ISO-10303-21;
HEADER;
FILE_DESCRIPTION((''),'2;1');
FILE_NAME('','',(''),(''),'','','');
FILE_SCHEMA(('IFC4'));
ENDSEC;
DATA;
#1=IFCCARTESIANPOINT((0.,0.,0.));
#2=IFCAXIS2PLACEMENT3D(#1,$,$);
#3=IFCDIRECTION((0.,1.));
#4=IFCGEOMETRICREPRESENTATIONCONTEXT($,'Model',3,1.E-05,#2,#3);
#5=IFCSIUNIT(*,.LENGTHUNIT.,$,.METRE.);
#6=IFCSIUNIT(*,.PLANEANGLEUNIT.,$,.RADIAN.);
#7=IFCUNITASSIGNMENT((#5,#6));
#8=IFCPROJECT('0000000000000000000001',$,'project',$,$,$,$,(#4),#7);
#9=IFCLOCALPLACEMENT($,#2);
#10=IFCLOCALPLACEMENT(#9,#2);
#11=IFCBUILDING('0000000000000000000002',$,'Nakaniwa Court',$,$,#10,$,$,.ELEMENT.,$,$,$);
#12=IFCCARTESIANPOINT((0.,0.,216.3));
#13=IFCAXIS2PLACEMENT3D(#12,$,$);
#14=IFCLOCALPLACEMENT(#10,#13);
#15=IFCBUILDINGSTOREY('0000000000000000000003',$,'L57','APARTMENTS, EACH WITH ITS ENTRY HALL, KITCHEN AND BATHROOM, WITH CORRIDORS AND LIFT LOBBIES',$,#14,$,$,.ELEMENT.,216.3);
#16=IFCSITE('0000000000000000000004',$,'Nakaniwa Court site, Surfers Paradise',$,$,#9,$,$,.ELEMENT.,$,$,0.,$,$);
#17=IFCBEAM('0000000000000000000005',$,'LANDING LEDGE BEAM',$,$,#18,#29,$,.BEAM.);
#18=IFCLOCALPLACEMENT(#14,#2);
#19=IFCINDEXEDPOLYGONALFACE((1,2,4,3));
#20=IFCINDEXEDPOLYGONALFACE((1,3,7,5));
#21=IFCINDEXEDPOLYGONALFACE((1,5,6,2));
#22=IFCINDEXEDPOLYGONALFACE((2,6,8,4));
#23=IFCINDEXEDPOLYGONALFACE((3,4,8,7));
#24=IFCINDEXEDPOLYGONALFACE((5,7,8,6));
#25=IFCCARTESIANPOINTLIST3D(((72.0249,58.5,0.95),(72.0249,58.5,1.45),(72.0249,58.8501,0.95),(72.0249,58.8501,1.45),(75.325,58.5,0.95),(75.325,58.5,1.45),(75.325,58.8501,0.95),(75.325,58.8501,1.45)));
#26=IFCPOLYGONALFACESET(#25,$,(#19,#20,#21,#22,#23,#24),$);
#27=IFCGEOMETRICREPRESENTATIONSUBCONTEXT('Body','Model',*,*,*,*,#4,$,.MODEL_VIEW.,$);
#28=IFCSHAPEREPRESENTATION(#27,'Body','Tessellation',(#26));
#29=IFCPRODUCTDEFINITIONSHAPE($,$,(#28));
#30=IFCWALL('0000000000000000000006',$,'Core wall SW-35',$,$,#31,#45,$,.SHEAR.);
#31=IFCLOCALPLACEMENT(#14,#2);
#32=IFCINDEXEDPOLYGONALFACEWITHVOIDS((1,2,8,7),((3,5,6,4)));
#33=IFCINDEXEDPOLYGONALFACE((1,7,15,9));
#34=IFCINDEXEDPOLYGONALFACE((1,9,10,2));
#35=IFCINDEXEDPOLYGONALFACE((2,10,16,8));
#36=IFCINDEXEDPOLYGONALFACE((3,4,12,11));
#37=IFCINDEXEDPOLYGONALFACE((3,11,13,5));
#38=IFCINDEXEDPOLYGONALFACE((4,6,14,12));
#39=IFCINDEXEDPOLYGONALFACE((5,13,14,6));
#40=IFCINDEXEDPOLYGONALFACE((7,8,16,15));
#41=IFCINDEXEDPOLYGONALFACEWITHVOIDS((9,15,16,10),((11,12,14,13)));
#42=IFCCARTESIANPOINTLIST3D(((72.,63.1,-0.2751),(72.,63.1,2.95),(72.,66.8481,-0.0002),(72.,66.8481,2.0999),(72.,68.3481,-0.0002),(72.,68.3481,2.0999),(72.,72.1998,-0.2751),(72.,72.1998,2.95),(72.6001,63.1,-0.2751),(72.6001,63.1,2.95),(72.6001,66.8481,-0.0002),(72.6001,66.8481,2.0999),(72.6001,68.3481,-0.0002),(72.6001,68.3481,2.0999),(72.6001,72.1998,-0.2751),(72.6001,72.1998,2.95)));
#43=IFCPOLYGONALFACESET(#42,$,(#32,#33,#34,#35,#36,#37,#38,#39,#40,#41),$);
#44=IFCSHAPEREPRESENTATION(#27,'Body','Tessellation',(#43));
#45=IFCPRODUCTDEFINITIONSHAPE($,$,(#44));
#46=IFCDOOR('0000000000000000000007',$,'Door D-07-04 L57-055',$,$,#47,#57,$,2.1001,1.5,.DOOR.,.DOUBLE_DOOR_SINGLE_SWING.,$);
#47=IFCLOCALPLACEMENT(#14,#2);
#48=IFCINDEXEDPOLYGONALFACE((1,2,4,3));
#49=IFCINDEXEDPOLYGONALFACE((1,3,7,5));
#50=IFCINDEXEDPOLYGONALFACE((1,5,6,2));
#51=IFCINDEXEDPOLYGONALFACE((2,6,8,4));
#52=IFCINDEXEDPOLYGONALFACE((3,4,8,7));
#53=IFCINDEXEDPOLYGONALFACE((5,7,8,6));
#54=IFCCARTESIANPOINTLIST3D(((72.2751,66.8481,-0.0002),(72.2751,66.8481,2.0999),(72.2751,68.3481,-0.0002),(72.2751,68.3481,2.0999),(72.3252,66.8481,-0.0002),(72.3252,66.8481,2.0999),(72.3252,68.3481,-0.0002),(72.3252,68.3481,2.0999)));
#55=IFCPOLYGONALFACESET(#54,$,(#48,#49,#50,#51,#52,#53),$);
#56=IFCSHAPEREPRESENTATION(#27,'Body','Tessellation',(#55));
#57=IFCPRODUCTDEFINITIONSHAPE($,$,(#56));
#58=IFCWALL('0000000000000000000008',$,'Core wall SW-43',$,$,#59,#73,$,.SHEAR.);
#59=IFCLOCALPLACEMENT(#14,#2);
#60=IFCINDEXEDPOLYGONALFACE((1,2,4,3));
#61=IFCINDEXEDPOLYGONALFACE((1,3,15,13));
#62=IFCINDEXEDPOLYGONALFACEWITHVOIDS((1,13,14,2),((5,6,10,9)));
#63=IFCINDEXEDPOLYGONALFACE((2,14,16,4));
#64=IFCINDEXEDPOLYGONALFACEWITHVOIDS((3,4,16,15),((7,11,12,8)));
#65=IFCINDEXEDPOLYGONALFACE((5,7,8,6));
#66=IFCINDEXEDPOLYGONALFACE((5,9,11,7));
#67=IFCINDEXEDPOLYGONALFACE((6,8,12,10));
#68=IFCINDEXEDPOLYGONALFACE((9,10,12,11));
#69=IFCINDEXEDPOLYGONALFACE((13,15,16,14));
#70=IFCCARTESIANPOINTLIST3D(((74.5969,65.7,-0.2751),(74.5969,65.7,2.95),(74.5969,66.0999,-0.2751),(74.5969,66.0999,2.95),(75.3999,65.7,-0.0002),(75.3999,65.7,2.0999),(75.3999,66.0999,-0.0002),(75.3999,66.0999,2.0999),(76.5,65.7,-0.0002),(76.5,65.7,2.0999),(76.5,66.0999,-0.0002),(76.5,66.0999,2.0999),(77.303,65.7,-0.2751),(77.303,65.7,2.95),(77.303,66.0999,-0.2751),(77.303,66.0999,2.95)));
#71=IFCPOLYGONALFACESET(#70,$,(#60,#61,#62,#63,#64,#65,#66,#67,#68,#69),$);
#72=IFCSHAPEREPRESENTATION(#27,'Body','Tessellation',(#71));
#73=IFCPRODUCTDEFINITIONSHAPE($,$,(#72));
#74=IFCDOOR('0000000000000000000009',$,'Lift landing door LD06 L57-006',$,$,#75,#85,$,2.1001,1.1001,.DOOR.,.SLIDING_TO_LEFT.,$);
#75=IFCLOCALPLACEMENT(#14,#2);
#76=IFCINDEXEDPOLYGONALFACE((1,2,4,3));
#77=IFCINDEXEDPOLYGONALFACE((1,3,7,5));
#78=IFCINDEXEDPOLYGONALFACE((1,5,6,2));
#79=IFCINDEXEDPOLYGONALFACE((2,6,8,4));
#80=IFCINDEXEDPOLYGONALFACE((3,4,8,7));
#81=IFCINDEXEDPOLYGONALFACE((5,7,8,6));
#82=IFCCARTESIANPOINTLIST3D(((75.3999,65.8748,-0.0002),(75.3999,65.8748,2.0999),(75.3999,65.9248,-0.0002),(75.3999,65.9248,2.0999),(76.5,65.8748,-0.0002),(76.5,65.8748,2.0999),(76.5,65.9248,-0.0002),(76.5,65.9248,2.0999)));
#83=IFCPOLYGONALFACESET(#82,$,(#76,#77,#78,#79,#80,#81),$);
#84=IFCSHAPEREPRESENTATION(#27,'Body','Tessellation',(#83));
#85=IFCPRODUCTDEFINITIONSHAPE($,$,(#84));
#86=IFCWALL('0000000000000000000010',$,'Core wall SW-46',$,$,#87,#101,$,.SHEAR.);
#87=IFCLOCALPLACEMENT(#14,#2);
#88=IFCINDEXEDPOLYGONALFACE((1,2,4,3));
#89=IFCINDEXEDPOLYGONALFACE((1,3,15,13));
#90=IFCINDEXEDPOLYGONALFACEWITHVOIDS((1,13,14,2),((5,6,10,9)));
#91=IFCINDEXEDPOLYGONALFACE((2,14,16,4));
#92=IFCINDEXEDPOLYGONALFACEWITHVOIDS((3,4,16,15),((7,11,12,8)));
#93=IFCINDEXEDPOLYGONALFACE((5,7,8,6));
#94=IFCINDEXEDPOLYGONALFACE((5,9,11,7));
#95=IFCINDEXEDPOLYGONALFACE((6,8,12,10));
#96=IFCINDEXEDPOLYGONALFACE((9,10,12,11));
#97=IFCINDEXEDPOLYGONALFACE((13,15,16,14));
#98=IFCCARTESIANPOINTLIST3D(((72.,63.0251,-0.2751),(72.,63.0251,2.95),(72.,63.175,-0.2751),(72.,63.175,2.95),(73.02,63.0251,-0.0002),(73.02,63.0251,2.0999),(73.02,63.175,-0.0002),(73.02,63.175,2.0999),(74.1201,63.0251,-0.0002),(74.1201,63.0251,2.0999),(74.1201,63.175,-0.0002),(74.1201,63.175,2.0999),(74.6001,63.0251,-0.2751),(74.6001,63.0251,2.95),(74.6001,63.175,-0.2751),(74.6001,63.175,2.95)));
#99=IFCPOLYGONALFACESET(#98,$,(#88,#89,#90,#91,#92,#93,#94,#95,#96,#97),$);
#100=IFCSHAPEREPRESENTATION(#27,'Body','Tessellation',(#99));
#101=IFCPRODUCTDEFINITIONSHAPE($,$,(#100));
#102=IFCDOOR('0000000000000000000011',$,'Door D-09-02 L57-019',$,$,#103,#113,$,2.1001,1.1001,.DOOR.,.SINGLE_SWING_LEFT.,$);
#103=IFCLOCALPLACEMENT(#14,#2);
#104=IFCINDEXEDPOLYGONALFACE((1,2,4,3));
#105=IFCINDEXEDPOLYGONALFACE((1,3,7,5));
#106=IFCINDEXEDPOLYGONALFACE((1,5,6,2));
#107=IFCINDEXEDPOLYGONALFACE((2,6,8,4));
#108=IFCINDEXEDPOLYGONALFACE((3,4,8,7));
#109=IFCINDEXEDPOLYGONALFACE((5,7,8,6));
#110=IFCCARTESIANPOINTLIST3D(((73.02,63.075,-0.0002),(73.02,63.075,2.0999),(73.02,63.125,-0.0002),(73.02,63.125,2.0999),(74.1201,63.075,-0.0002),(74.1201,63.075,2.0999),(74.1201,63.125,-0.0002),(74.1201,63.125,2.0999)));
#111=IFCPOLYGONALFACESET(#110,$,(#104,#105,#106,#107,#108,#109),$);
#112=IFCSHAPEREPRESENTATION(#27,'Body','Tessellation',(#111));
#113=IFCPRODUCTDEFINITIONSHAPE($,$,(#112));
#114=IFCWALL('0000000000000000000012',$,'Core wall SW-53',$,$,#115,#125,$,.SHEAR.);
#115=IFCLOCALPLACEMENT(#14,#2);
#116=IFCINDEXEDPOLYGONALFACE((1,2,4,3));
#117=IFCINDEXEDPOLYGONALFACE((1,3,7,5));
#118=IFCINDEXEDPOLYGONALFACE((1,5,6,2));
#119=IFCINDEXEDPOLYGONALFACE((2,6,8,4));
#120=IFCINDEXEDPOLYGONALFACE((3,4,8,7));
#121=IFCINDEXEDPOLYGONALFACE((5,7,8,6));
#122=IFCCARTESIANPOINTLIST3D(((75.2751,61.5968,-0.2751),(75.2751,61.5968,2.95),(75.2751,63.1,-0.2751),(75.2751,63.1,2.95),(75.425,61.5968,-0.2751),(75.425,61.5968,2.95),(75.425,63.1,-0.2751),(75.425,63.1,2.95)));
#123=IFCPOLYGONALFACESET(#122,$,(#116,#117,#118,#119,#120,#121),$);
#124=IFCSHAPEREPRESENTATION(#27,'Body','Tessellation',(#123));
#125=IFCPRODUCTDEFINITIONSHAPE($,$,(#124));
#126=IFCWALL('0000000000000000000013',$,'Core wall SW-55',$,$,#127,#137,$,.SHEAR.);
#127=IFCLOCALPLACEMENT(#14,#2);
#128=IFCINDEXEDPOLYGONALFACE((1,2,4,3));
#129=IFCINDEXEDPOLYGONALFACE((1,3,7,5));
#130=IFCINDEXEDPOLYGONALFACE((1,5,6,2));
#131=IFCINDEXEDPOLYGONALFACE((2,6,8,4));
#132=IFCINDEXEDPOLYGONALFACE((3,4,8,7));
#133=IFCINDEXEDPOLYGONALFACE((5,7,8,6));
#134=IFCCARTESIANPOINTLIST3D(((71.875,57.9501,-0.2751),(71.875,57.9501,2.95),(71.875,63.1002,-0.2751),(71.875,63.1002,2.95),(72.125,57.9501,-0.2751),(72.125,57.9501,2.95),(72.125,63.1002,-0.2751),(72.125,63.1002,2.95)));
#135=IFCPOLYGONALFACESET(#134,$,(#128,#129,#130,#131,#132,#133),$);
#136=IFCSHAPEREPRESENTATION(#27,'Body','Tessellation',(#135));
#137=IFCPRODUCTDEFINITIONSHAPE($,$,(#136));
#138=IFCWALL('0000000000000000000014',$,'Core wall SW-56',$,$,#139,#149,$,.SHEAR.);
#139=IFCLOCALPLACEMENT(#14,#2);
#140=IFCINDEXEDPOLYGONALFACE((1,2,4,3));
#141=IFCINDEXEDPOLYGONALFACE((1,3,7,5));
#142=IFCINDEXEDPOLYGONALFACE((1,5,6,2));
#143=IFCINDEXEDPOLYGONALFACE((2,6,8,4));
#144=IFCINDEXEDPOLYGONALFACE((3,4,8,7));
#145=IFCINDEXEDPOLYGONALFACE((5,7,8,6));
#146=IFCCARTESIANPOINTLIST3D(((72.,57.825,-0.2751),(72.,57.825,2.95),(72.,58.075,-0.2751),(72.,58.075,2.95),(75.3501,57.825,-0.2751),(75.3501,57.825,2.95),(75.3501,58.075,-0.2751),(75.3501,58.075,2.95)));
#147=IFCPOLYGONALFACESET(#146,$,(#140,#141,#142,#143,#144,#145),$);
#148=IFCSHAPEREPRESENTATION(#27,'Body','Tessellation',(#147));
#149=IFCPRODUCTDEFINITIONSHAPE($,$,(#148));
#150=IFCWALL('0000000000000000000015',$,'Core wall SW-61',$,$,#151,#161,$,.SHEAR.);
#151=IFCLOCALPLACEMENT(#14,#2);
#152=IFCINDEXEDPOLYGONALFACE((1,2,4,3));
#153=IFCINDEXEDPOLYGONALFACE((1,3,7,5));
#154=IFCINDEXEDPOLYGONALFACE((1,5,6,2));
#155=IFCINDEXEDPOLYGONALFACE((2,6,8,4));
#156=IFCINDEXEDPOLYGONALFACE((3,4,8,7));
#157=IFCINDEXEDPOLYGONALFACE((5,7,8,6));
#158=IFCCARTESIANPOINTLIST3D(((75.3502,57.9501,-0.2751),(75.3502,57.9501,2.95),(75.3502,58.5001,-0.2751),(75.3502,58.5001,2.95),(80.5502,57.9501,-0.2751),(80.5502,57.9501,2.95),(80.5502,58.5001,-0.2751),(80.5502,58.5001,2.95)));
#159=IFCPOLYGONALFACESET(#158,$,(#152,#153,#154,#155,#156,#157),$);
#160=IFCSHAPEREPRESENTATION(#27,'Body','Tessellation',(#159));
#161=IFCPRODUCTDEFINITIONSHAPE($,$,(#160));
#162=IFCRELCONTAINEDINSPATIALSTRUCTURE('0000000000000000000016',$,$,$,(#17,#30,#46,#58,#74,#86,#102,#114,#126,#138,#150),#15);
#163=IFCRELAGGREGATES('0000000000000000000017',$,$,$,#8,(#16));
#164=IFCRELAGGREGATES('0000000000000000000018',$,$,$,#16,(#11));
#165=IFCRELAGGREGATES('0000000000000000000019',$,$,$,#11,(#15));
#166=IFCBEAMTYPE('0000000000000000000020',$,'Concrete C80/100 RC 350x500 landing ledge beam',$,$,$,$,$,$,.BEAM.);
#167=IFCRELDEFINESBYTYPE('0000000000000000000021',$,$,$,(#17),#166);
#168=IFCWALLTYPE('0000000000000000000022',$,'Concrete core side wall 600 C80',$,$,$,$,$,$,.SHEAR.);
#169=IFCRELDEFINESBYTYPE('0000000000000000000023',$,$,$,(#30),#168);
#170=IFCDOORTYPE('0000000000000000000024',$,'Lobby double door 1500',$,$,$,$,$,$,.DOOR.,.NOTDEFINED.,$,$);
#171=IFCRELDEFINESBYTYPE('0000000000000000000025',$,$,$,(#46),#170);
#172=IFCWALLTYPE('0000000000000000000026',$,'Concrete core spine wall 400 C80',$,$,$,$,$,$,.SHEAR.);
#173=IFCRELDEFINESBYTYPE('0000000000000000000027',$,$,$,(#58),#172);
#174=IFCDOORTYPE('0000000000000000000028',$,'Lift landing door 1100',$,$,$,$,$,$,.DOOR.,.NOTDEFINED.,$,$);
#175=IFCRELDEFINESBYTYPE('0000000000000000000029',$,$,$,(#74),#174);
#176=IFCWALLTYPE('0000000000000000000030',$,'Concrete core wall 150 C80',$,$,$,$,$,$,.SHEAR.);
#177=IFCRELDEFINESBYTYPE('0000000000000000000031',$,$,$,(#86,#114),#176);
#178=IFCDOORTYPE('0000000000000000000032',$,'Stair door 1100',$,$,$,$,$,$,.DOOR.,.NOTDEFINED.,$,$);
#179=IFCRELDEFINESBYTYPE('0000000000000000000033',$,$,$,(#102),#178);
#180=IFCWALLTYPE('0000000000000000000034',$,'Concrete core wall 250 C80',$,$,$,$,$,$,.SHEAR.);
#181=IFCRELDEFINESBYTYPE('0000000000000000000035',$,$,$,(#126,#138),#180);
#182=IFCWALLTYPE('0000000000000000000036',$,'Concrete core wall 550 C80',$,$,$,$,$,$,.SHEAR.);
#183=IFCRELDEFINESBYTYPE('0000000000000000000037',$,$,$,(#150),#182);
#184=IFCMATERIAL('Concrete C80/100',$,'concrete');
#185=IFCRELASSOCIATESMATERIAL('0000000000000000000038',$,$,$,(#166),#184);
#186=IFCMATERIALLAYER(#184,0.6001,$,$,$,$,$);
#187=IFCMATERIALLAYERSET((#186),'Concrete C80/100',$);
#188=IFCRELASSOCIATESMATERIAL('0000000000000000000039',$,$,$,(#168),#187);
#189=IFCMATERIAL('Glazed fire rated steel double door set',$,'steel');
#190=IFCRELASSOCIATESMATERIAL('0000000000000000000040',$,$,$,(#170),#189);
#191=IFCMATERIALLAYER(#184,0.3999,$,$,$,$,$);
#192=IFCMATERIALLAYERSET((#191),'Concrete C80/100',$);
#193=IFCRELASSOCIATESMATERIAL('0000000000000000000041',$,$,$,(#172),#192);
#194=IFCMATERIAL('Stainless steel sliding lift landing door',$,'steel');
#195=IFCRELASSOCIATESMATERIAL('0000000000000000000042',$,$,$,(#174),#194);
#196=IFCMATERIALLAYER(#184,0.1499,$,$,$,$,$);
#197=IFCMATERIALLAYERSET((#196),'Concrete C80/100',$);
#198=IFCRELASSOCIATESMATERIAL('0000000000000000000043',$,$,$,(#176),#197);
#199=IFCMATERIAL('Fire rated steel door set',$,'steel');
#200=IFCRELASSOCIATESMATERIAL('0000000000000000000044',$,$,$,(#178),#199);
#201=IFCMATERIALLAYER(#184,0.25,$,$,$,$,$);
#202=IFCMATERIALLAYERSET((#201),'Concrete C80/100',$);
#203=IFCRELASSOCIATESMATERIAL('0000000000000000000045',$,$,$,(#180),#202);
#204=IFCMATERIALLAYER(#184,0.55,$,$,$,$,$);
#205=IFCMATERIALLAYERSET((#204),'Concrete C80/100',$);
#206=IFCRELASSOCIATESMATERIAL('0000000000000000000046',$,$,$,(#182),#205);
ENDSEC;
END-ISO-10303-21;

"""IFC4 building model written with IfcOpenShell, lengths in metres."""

from ifc_helpers import new_model, si_unit, direction, frame, frame_2d, origin, origin_2d, place, context, subcontext, project, spatial, rectangle, extrude, material, layer, layer_set, material_profile, profile_set, type_object, element, fill, save


model = new_model("IFC4")

# Units and contexts
model_context = context("Model", 3, precision=1e-05, world=origin(), true_north=direction((0.0, 1.0)))
body_context = subcontext(model_context, "Body", "Model", "MODEL_VIEW")
ifc_project = project(units=[si_unit("LENGTHUNIT", "METRE"), si_unit("PLANEANGLEUNIT", "RADIAN")], contexts=[model_context])

# Site, building, storey
site_placement = place(None, origin())
site = spatial("IfcSite", under=ifc_project, at=site_placement, Name="Nakaniwa Court site, Surfers Paradise", CompositionType="ELEMENT", RefElevation=0.0)
building_placement = place(site_placement, origin())
building = spatial("IfcBuilding", under=site, at=building_placement, Name="Nakaniwa Court", CompositionType="ELEMENT")
storey_placement = place(building_placement, frame((0.0, 0.0, 216.3)))
storey = spatial("IfcBuildingStorey", under=building, at=storey_placement, Name="L57", Description="APARTMENTS, EACH WITH ITS ENTRY HALL, KITCHEN AND BATHROOM, WITH CORRIDORS AND LIFT LOBBIES", CompositionType="ELEMENT", Elevation=216.3)

# Beam
ifc_material_1 = material(Name="Concrete C80/100", Category="concrete")
ifc_material_profile_1 = material_profile(ifc_material_1, rectangle(XDim=0.3501, YDim=0.5, at=origin_2d()), Name="Concrete C80/100 RC 350x500 landing ledge beam")
ifc_profile_set_1 = profile_set([ifc_material_profile_1], Name="Concrete C80/100")
beam_type = type_object("IfcBeamType", Name="Concrete C80/100 RC 350x500 landing ledge beam", PredefinedType="BEAM", material=ifc_profile_set_1)
beam_placement = place(storey_placement, frame((72.0249, 58.675, 1.2), z_axis=(1.0, 0.0, 0.0), x_axis=(0.0, 1.0, 0.0)))
element("IfcBeam", 1, at=beam_placement, inside=storey, type_object=beam_type, Name="LANDING LEDGE BEAM", PredefinedType="BEAM", context=body_context, shape_type="SweptSolid", body=[
    extrude(rectangle(XDim=0.3501, YDim=0.5, at=origin_2d()), origin(), (0.0, 0.0, 1.0), 3.3),
])

# Walls, openings, doors
ifc_layer_1 = layer(ifc_material_1, 0.6001)
ifc_layer_set_1 = layer_set([ifc_layer_1], Name="Concrete C80/100")
wall_type_1 = type_object("IfcWallType", Name="Concrete core side wall 600 C80", PredefinedType="SHEAR", material=ifc_layer_set_1)
wall_1_placement = place(storey_placement, frame((72.3, 63.1001, -0.2751), z_axis=(0.0, 0.0, 1.0), x_axis=(0.0, 1.0, 0.0)))
wall_1 = element("IfcWall", 2, at=wall_1_placement, inside=storey, type_object=wall_type_1, Name="Core wall SW-35", PredefinedType="SHEAR", context=body_context, shape_type="SweptSolid", body=[
    extrude(rectangle(XDim=9.0999, YDim=0.6001, at=frame_2d((4.5498, 0.0))), origin(), (0.0, 0.0, 1.0), 3.2251),
])
opening_1_placement = place(wall_1_placement, frame((3.748, 0.0, 0.2749)))
opening_1 = element("IfcOpeningElement", 3, at=opening_1_placement, cuts=wall_1, PredefinedType="OPENING", context=body_context, shape_type="SweptSolid", body=[
    extrude(rectangle(XDim=1.5, YDim=2.1001, at=frame_2d((0.75, 1.05))), frame((0.0, 0.3101, 0.0), z_axis=(0.0, -1.0, 0.0), x_axis=(1.0, 0.0, 0.0)), (0.0, 0.0, 1.0), 0.6201),
])
ifc_material_2 = material(Name="Glazed fire rated steel double door set", Category="steel")
door_type_1 = type_object("IfcDoorType", Name="Lobby double door 1500", OperationType="NOTDEFINED", PredefinedType="DOOR", material=ifc_material_2)
door_1_placement = place(opening_1_placement, origin())
door_1 = element("IfcDoor", 4, at=door_1_placement, inside=storey, type_object=door_type_1, Name="Door D-07-04 L57-055", OperationType="DOUBLE_DOOR_SINGLE_SWING", OverallHeight=2.1001, OverallWidth=1.5, PredefinedType="DOOR", context=body_context, shape_type="SweptSolid", body=[
    extrude(rectangle(XDim=1.5, YDim=2.1001, at=frame_2d((0.75, 1.05))), frame((0.0, 0.0249, 0.0), z_axis=(0.0, -1.0, 0.0), x_axis=(1.0, 0.0, 0.0)), (0.0, 0.0, 1.0), 0.05),
])
fill(opening_1, door_1)
ifc_layer_2 = layer(ifc_material_1, 0.3999)
ifc_layer_set_2 = layer_set([ifc_layer_2], Name="Concrete C80/100")
wall_type_2 = type_object("IfcWallType", Name="Concrete core spine wall 400 C80", PredefinedType="SHEAR", material=ifc_layer_set_2)
wall_2_placement = place(storey_placement, frame((74.5969, 65.8999, -0.2751), z_axis=(0.0, 0.0, 1.0), x_axis=(1.0, 0.0, 0.0)))
wall_2 = element("IfcWall", 5, at=wall_2_placement, inside=storey, type_object=wall_type_2, Name="Core wall SW-43", PredefinedType="SHEAR", context=body_context, shape_type="SweptSolid", body=[
    extrude(rectangle(XDim=2.7061, YDim=0.3999, at=frame_2d((1.353, 0.0))), origin(), (0.0, 0.0, 1.0), 3.2251),
])
opening_2_placement = place(wall_2_placement, frame((0.803, 0.0, 0.2749)))
opening_2 = element("IfcOpeningElement", 6, at=opening_2_placement, cuts=wall_2, PredefinedType="OPENING", context=body_context, shape_type="SweptSolid", body=[
    extrude(rectangle(XDim=1.1001, YDim=2.1001, at=frame_2d((0.55, 1.05))), frame((0.0, 0.21, 0.0), z_axis=(0.0, -1.0, 0.0), x_axis=(1.0, 0.0, 0.0)), (0.0, 0.0, 1.0), 0.4199),
])
ifc_material_3 = material(Name="Stainless steel sliding lift landing door", Category="steel")
door_type_2 = type_object("IfcDoorType", Name="Lift landing door 1100", OperationType="NOTDEFINED", PredefinedType="DOOR", material=ifc_material_3)
door_2_placement = place(opening_2_placement, origin())
door_2 = element("IfcDoor", 7, at=door_2_placement, inside=storey, type_object=door_type_2, Name="Lift landing door LD06 L57-006", OperationType="SLIDING_TO_LEFT", OverallHeight=2.1001, OverallWidth=1.1001, PredefinedType="DOOR", context=body_context, shape_type="SweptSolid", body=[
    extrude(rectangle(XDim=1.1001, YDim=2.1001, at=frame_2d((0.55, 1.05))), frame((0.0, 0.0249, 0.0), z_axis=(0.0, -1.0, 0.0), x_axis=(1.0, 0.0, 0.0)), (0.0, 0.0, 1.0), 0.05),
])
fill(opening_2, door_2)
ifc_layer_3 = layer(ifc_material_1, 0.1499)
ifc_layer_set_3 = layer_set([ifc_layer_3], Name="Concrete C80/100")
wall_type_3 = type_object("IfcWallType", Name="Concrete core wall 150 C80", PredefinedType="SHEAR", material=ifc_layer_set_3)
wall_3_placement = place(storey_placement, frame((72.0, 63.1001, -0.2751), z_axis=(0.0, 0.0, 1.0), x_axis=(1.0, 0.0, 0.0)))
wall_3 = element("IfcWall", 8, at=wall_3_placement, inside=storey, type_object=wall_type_3, Name="Core wall SW-46", PredefinedType="SHEAR", context=body_context, shape_type="SweptSolid", body=[
    extrude(rectangle(XDim=2.6001, YDim=0.1499, at=frame_2d((1.3, 0.0))), origin(), (0.0, 0.0, 1.0), 3.2251),
])
opening_3_placement = place(wall_3_placement, frame((1.02, 0.0, 0.2749)))
opening_3 = element("IfcOpeningElement", 9, at=opening_3_placement, cuts=wall_3, PredefinedType="OPENING", context=body_context, shape_type="SweptSolid", body=[
    extrude(rectangle(XDim=1.1001, YDim=2.1001, at=frame_2d((0.55, 1.05))), frame((0.0, 0.085, 0.0), z_axis=(0.0, -1.0, 0.0), x_axis=(1.0, 0.0, 0.0)), (0.0, 0.0, 1.0), 0.1699),
])
ifc_material_4 = material(Name="Fire rated steel door set", Category="steel")
door_type_3 = type_object("IfcDoorType", Name="Stair door 1100", OperationType="NOTDEFINED", PredefinedType="DOOR", material=ifc_material_4)
door_3_placement = place(opening_3_placement, origin())
door_3 = element("IfcDoor", 10, at=door_3_placement, inside=storey, type_object=door_type_3, Name="Door D-09-02 L57-019", OperationType="SINGLE_SWING_LEFT", OverallHeight=2.1001, OverallWidth=1.1001, PredefinedType="DOOR", context=body_context, shape_type="SweptSolid", body=[
    extrude(rectangle(XDim=1.1001, YDim=2.1001, at=frame_2d((0.55, 1.05))), frame((0.0, 0.0249, 0.0), z_axis=(0.0, -1.0, 0.0), x_axis=(1.0, 0.0, 0.0)), (0.0, 0.0, 1.0), 0.05),
])
fill(opening_3, door_3)

# Walls
wall_4_placement = place(storey_placement, frame((75.3501, 61.5969, -0.2751), z_axis=(0.0, 0.0, 1.0), x_axis=(0.0, 1.0, 0.0)))
element("IfcWall", 11, at=wall_4_placement, inside=storey, type_object=wall_type_3, Name="Core wall SW-53", PredefinedType="SHEAR", context=body_context, shape_type="SweptSolid", body=[
    extrude(rectangle(XDim=1.5032, YDim=0.1499, at=frame_2d((0.7515, 0.0))), origin(), (0.0, 0.0, 1.0), 3.2251),
])
ifc_layer_4 = layer(ifc_material_1, 0.25)
ifc_layer_set_4 = layer_set([ifc_layer_4], Name="Concrete C80/100")
wall_type_4 = type_object("IfcWallType", Name="Concrete core wall 250 C80", PredefinedType="SHEAR", material=ifc_layer_set_4)
wall_5_placement = place(storey_placement, frame((72.0, 57.95, -0.2751), z_axis=(0.0, 0.0, 1.0), x_axis=(0.0, 1.0, 0.0)))
element("IfcWall", 12, at=wall_5_placement, inside=storey, type_object=wall_type_4, Name="Core wall SW-55", PredefinedType="SHEAR", context=body_context, shape_type="SweptSolid", body=[
    extrude(rectangle(XDim=5.1501, YDim=0.25, at=frame_2d((2.5752, 0.0))), origin(), (0.0, 0.0, 1.0), 3.2251),
])
wall_6_placement = place(storey_placement, frame((72.0, 57.95, -0.2751), z_axis=(0.0, 0.0, 1.0), x_axis=(1.0, 0.0, 0.0)))
element("IfcWall", 13, at=wall_6_placement, inside=storey, type_object=wall_type_4, Name="Core wall SW-56", PredefinedType="SHEAR", context=body_context, shape_type="SweptSolid", body=[
    extrude(rectangle(XDim=3.3501, YDim=0.25, at=frame_2d((1.675, 0.0))), origin(), (0.0, 0.0, 1.0), 3.2251),
])
ifc_layer_5 = layer(ifc_material_1, 0.55)
ifc_layer_set_5 = layer_set([ifc_layer_5], Name="Concrete C80/100")
wall_type_5 = type_object("IfcWallType", Name="Concrete core wall 550 C80", PredefinedType="SHEAR", material=ifc_layer_set_5)
wall_7_placement = place(storey_placement, frame((75.3501, 58.2251, -0.2751), z_axis=(0.0, 0.0, 1.0), x_axis=(1.0, 0.0, 0.0)))
element("IfcWall", 14, at=wall_7_placement, inside=storey, type_object=wall_type_5, Name="Core wall SW-61", PredefinedType="SHEAR", context=body_context, shape_type="SweptSolid", body=[
    extrude(rectangle(XDim=5.2, YDim=0.55, at=frame_2d((2.6001, 0.0))), origin(), (0.0, 0.0, 1.0), 3.2251),
])

save(model, "model.ifc")
